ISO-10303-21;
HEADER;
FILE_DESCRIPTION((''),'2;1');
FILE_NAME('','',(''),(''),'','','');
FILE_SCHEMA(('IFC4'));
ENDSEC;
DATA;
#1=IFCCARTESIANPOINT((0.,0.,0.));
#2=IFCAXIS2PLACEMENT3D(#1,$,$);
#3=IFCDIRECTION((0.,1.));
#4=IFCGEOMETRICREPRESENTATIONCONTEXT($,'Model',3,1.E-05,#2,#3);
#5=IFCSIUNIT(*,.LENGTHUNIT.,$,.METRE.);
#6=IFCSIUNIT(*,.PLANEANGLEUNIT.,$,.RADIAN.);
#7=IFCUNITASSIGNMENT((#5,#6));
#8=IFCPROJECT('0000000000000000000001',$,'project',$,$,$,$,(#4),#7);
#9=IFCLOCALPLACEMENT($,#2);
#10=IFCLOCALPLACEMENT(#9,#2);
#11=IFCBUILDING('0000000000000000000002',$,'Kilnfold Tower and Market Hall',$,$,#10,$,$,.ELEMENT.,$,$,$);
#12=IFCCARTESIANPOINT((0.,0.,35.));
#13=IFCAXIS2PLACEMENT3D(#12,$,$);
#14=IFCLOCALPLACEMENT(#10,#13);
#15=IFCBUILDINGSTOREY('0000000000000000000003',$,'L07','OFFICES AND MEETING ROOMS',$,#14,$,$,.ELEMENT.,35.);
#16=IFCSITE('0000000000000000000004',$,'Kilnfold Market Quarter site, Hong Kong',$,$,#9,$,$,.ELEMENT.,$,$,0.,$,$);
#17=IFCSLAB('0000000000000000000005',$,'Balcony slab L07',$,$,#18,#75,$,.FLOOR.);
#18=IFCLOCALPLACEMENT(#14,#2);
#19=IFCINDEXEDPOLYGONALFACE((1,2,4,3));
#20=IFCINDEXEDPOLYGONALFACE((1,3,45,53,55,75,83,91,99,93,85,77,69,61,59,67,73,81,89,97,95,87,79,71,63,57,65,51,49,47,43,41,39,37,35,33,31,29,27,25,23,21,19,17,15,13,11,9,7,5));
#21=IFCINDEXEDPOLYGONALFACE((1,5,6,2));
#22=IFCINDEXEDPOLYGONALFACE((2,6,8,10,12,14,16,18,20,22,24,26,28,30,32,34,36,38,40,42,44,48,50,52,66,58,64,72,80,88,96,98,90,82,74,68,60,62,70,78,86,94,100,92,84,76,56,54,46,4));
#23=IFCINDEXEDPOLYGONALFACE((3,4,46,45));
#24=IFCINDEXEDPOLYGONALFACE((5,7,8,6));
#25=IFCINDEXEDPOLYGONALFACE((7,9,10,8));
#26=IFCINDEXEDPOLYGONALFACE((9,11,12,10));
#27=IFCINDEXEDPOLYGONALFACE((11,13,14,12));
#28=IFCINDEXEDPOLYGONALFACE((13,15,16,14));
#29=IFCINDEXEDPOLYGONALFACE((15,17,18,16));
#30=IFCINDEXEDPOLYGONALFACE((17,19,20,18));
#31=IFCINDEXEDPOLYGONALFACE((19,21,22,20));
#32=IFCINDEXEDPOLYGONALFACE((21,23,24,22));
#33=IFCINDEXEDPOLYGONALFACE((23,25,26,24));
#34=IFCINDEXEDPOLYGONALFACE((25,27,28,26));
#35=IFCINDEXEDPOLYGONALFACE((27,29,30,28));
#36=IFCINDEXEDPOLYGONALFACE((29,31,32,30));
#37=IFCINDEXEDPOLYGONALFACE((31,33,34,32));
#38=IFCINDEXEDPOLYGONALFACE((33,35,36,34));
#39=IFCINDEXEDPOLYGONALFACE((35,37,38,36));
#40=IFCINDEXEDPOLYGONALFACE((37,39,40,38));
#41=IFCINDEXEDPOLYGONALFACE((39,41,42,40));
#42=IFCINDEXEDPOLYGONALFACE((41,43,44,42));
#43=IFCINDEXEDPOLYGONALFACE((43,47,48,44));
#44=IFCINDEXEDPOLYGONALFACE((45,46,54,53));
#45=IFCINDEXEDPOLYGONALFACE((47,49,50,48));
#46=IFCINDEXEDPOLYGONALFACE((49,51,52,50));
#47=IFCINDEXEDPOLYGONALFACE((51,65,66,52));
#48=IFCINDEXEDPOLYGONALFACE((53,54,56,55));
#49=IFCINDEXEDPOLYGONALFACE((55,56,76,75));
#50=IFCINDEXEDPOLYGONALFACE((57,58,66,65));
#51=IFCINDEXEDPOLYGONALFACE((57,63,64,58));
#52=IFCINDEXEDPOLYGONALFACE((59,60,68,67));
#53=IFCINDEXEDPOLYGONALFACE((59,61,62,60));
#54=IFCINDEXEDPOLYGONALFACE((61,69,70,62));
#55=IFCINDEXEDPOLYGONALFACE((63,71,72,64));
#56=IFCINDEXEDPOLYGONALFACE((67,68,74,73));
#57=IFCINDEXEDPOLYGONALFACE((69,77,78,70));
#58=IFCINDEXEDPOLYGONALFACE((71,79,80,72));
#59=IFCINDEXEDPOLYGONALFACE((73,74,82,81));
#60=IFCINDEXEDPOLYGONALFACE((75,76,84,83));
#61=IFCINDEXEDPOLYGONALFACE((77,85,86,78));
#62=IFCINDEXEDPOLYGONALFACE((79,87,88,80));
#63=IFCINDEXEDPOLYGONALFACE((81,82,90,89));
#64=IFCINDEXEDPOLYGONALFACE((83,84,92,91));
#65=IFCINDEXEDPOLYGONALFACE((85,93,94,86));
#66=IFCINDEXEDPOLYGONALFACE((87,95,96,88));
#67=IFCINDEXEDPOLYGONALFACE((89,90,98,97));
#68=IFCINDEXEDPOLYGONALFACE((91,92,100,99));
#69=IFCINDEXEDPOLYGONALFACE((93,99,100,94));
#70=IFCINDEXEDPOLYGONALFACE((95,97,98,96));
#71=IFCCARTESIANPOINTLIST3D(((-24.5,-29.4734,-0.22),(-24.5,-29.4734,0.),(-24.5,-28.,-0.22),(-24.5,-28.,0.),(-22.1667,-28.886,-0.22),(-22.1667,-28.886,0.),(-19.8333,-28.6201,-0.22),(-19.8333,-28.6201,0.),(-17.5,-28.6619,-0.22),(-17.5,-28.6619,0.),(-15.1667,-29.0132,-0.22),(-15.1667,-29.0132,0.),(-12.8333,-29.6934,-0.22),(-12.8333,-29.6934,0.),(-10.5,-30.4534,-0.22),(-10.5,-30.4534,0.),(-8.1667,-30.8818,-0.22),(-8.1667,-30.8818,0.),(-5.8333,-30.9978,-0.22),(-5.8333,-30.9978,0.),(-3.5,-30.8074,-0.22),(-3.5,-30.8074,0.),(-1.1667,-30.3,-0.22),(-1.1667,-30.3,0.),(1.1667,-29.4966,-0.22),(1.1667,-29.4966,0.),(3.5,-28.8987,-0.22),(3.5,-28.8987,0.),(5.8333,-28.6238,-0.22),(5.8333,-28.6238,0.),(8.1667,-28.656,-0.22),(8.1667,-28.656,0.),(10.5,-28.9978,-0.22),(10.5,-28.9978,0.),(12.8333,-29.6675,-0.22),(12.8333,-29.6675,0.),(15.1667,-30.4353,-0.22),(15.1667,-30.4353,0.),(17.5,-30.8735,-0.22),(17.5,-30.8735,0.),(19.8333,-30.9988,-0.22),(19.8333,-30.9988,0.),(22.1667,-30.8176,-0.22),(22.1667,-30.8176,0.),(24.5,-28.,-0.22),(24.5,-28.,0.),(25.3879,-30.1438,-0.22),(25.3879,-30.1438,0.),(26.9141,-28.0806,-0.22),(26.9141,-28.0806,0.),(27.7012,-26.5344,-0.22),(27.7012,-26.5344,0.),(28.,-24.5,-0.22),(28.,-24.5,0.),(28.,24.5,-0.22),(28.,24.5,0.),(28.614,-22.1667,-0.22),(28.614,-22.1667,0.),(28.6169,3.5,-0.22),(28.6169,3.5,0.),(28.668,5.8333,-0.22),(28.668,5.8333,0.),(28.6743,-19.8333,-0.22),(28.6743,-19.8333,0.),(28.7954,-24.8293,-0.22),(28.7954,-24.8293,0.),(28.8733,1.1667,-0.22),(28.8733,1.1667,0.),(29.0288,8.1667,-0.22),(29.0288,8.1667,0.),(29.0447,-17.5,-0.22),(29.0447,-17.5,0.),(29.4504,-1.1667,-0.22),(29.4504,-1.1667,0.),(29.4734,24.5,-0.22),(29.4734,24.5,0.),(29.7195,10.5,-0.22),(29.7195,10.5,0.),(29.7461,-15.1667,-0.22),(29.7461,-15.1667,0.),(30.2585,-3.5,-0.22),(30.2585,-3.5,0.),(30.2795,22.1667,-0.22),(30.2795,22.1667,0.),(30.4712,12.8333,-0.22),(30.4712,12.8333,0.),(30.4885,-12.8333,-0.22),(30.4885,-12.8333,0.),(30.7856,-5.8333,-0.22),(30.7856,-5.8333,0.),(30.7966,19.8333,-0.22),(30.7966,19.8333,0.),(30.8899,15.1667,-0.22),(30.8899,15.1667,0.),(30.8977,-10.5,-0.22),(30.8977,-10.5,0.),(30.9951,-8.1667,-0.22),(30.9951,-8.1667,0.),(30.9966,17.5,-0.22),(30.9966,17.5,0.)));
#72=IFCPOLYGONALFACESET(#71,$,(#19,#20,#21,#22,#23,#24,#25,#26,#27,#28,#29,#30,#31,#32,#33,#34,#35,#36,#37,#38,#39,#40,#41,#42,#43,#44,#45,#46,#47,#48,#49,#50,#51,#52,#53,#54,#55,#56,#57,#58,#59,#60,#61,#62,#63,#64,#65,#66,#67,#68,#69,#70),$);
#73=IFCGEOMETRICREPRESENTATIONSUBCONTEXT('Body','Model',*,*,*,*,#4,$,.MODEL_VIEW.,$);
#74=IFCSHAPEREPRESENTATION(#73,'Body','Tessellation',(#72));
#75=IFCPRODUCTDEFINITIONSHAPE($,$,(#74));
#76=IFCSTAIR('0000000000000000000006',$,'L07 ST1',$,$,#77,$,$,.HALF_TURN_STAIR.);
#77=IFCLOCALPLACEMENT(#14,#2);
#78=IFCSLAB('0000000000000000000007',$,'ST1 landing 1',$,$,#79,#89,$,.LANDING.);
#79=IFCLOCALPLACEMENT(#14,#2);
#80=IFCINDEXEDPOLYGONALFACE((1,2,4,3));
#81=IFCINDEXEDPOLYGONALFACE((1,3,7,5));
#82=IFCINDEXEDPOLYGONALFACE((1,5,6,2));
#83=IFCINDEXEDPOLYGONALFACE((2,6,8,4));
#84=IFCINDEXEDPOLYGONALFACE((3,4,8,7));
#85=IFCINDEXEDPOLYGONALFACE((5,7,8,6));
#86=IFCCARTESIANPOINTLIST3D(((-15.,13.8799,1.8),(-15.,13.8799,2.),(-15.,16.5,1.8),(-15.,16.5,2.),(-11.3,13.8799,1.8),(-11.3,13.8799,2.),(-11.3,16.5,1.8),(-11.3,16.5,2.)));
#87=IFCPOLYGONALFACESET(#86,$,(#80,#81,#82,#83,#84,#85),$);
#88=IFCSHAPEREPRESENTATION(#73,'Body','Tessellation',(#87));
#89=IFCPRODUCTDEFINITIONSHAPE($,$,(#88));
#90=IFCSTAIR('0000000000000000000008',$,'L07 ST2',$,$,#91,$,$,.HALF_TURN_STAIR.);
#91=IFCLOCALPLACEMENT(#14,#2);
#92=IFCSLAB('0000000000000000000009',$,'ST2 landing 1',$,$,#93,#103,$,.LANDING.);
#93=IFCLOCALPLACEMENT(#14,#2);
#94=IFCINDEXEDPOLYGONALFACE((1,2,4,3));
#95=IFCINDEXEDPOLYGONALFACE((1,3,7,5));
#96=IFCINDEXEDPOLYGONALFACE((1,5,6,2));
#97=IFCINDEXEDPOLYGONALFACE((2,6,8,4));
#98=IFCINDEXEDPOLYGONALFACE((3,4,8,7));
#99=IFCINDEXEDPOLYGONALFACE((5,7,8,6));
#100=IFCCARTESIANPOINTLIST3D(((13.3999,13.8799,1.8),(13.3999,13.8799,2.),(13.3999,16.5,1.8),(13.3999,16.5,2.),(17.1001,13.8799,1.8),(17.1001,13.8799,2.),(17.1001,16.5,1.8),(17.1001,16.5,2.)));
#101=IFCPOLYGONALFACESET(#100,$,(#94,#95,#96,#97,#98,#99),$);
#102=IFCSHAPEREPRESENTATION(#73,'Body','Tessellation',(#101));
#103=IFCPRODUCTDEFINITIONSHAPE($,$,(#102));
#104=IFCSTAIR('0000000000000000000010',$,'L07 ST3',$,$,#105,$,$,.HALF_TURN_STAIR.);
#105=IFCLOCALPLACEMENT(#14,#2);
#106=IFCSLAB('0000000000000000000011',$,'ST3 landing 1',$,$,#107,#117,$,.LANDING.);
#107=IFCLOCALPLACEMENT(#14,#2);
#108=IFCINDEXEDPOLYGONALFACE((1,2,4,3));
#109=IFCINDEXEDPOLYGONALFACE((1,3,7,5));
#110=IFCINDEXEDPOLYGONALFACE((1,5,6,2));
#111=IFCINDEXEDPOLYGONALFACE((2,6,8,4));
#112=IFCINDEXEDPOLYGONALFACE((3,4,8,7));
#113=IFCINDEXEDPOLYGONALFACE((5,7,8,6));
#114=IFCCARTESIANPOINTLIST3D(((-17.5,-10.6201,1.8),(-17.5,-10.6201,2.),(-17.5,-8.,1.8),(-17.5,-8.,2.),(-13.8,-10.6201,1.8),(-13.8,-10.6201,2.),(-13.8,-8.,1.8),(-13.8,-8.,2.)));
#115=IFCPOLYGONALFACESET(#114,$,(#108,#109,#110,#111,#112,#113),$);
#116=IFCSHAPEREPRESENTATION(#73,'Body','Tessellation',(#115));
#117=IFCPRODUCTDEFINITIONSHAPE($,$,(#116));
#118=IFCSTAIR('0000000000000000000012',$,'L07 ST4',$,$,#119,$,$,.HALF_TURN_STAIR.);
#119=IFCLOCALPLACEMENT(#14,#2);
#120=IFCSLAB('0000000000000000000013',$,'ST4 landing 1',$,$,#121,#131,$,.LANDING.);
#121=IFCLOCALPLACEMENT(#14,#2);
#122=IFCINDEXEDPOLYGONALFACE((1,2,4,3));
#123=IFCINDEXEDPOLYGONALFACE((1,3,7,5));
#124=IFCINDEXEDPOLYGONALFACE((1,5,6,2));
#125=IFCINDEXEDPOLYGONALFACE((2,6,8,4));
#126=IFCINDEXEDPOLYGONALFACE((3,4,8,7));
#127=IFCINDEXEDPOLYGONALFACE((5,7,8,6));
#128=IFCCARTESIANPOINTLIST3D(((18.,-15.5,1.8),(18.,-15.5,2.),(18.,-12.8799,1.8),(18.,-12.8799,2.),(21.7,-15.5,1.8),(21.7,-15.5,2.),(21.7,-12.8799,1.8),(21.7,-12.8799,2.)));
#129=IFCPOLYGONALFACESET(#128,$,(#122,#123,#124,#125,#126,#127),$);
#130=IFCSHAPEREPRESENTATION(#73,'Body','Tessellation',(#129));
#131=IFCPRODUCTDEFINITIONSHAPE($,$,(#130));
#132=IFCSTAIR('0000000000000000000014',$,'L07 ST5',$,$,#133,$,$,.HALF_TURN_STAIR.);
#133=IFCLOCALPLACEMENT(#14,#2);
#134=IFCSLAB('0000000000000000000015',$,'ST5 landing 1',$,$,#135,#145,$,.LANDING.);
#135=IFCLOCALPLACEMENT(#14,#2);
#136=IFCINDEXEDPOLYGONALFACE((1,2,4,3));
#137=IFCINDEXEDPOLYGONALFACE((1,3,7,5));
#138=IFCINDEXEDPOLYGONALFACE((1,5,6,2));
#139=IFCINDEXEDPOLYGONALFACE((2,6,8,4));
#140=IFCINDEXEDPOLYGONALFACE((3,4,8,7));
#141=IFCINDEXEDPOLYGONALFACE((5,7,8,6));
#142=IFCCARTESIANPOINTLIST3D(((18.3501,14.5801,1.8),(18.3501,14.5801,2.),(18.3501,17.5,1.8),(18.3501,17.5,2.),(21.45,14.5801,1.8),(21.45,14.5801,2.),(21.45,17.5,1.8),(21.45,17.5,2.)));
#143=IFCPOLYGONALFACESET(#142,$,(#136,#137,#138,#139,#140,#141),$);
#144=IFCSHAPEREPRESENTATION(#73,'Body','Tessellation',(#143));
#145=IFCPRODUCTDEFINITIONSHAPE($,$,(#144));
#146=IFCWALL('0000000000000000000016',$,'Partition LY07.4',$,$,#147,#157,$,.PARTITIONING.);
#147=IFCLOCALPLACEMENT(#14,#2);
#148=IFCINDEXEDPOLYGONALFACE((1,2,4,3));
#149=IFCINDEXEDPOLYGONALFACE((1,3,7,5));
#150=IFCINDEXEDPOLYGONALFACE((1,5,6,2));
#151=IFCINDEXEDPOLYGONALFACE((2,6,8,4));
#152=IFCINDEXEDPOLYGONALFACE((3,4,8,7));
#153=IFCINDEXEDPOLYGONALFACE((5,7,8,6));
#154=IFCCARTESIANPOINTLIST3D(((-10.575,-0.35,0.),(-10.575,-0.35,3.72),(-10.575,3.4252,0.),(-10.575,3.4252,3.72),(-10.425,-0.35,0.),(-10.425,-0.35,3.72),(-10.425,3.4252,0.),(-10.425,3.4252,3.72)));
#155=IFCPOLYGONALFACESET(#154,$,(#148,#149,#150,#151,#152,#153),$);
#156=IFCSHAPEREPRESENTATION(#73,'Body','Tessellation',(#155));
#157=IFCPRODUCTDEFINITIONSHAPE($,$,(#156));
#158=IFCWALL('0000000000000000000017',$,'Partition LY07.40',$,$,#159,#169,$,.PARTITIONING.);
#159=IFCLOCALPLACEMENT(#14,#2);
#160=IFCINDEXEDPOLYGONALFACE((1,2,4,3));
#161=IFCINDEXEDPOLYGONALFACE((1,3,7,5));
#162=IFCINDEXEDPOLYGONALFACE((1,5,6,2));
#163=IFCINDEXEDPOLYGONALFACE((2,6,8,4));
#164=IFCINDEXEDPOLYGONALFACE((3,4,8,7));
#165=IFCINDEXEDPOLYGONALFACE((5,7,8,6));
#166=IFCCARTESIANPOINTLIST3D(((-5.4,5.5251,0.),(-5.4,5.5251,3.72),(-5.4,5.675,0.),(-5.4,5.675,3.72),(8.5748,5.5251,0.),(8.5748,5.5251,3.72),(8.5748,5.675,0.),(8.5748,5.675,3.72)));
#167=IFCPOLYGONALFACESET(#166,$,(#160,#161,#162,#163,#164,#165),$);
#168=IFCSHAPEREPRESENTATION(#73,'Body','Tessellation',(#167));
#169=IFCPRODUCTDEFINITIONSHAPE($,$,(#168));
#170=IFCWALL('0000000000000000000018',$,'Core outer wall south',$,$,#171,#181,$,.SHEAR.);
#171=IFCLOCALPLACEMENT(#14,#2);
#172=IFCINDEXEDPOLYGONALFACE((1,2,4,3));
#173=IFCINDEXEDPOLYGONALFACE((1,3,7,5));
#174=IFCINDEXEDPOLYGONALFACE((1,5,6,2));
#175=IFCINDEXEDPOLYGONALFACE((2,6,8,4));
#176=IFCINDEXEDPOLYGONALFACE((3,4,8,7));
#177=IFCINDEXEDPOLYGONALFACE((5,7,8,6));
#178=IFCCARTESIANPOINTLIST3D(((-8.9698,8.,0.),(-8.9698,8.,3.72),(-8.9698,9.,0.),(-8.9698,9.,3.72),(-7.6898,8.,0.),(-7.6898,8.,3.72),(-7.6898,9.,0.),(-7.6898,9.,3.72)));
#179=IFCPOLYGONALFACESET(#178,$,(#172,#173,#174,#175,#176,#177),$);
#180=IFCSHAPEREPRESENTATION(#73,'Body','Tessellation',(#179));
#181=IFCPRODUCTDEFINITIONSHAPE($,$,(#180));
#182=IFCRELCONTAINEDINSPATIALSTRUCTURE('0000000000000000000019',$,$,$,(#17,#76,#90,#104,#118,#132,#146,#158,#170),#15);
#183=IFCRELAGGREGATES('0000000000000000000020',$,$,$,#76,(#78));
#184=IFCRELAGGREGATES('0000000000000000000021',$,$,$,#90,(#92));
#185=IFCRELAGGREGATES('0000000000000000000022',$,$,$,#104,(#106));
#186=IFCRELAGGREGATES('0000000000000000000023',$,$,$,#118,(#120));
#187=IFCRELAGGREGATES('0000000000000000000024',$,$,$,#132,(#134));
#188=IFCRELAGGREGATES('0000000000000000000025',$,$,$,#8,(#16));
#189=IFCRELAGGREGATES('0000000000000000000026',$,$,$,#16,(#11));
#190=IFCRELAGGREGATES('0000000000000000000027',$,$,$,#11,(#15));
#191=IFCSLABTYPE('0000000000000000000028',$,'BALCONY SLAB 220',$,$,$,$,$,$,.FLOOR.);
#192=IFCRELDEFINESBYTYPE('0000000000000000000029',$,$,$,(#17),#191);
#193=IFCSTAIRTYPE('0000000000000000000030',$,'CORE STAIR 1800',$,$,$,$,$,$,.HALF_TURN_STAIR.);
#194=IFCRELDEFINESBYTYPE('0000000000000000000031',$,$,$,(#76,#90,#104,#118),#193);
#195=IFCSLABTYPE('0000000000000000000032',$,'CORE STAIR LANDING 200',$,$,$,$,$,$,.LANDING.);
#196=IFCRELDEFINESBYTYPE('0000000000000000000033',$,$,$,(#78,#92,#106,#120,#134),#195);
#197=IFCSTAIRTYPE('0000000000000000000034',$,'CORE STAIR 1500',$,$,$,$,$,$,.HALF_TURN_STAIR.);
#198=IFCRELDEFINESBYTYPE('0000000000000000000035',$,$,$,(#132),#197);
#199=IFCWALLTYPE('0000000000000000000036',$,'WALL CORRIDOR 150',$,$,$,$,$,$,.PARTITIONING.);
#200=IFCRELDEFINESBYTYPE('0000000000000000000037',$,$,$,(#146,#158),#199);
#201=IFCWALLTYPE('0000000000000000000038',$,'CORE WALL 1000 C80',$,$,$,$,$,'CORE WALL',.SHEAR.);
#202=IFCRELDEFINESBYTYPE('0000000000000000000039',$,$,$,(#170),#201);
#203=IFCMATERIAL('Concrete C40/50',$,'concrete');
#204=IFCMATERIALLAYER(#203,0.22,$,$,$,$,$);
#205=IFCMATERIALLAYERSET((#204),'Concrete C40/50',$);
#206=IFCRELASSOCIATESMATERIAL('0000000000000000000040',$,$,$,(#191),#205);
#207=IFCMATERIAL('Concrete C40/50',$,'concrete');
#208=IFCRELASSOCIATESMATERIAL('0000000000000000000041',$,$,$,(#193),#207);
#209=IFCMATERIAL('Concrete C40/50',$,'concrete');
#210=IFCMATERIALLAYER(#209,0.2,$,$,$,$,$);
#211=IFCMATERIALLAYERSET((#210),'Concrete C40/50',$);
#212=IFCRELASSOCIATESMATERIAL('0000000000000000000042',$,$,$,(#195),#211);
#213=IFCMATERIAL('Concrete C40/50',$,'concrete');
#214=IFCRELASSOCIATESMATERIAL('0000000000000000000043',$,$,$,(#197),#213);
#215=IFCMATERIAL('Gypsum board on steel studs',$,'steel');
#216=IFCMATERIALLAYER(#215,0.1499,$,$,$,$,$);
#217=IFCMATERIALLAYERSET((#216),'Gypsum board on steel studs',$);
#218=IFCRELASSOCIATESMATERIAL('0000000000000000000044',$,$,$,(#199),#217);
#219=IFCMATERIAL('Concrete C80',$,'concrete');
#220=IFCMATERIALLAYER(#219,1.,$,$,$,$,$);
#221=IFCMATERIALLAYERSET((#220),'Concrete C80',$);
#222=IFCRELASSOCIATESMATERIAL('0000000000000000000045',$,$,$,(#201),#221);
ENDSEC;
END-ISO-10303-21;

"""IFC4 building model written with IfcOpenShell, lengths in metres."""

from ifc_helpers import new_model, si_unit, direction, frame, frame_2d, origin, place, context, subcontext, project, spatial, polyline, rectangle, outline, extrude, source, transform, mapped, material, layer, layer_set, type_object, element, aggregate, save


model = new_model("IFC4")

# Units and contexts
model_context = context("Model", 3, precision=1e-05, world=origin(), true_north=direction((0.0, 1.0)))
body_context = subcontext(model_context, "Body", "Model", "MODEL_VIEW")
ifc_project = project(units=[si_unit("LENGTHUNIT", "METRE"), si_unit("PLANEANGLEUNIT", "RADIAN")], contexts=[model_context])

# Site, building, storey
site_placement = place(None, origin())
site = spatial("IfcSite", under=ifc_project, at=site_placement, Name="Kilnfold Market Quarter site, Hong Kong", CompositionType="ELEMENT", RefElevation=0.0)
building_placement = place(site_placement, origin())
building = spatial("IfcBuilding", under=site, at=building_placement, Name="Kilnfold Tower and Market Hall", CompositionType="ELEMENT")
storey_placement = place(building_placement, frame((0.0, 0.0, 35.0)))
storey = spatial("IfcBuildingStorey", under=building, at=storey_placement, Name="L07", Description="OFFICES AND MEETING ROOMS", CompositionType="ELEMENT", Elevation=35.0)

# Slab
ifc_material_1 = material(Name="Concrete C40/50", Category="concrete")
ifc_layer_1 = layer(ifc_material_1, 0.22)
ifc_layer_set_1 = layer_set([ifc_layer_1], Name="Concrete C40/50")
slab_type_1 = type_object("IfcSlabType", Name="BALCONY SLAB 220", PredefinedType="FLOOR", material=ifc_layer_set_1)
shared_shape_1 = source(origin(), body_context, "Body", "SweptSolid", [
    extrude(outline(polyline([(-24.5, -28.0), (24.5, -28.0), (28.0, -24.5), (28.0, 24.5), (29.4734, 24.5), (30.2795, 22.1667), (30.7966, 19.8333), (30.9966, 17.5), (30.8899, 15.1667), (30.4712, 12.8333), (29.7195, 10.5), (29.0288, 8.1667), (28.668, 5.8333), (28.6169, 3.5), (28.8733, 1.1667), (29.4504, -1.1667), (30.2585, -3.5), (30.7856, -5.8333), (30.9951, -8.1667), (30.8977, -10.5), (30.4885, -12.8333), (29.7461, -15.1667), (29.0447, -17.5), (28.6743, -19.8333), (28.614, -22.1667), (28.7954, -24.8293), (27.7012, -26.5344), (26.9141, -28.0806), (25.3879, -30.1438), (22.1667, -30.8176), (19.8333, -30.9988), (17.5, -30.8735), (15.1667, -30.4353), (12.8333, -29.6675), (10.5, -28.9978), (8.1667, -28.656), (5.8333, -28.6238), (3.5, -28.8987), (1.1667, -29.4966), (-1.1667, -30.3), (-3.5, -30.8074), (-5.8333, -30.9978), (-8.1667, -30.8818), (-10.5, -30.4534), (-12.8333, -29.6934), (-15.1667, -29.0132), (-17.5, -28.6619), (-19.8333, -28.6201), (-22.1667, -28.886), (-24.5, -29.4734), (-24.5, -28.0)])), origin(), (0.0, 0.0, 1.0), 0.22),
])
slab_1_placement = place(storey_placement, frame((0.0, 0.0, -0.22)))
element("IfcSlab", 1, at=slab_1_placement, inside=storey, type_object=slab_type_1, Name="Balcony slab L07", PredefinedType="FLOOR", context=body_context, shape_type="MappedRepresentation", body=[
    mapped(shared_shape_1, transform((0.0, 0.0, 0.0))),
])

# Stairs, slabs
ifc_material_2 = material(Name="Concrete C40/50", Category="concrete")
stair_type_1 = type_object("IfcStairType", Name="CORE STAIR 1800", PredefinedType="HALF_TURN_STAIR", material=ifc_material_2)
stair_1_placement = place(storey_placement, origin())
stair_1 = element("IfcStair", 2, at=stair_1_placement, inside=storey, type_object=stair_type_1, Name="L07 ST1", PredefinedType="HALF_TURN_STAIR")
ifc_material_3 = material(Name="Concrete C40/50", Category="concrete")
ifc_layer_2 = layer(ifc_material_3, 0.2)
ifc_layer_set_2 = layer_set([ifc_layer_2], Name="Concrete C40/50")
slab_type_2 = type_object("IfcSlabType", Name="CORE STAIR LANDING 200", PredefinedType="LANDING", material=ifc_layer_set_2)
shared_shape_2 = source(origin(), body_context, "Body", "SweptSolid", [
    extrude(outline(polyline([(-11.3, 13.8799), (-11.3, 16.5), (-15.0, 16.5), (-15.0, 13.8799), (-11.3, 13.8799)])), origin(), (0.0, 0.0, 1.0), 0.2),
])
slab_2_placement = place(storey_placement, frame((0.0, 0.0, 1.8)))
slab_2 = element("IfcSlab", 3, at=slab_2_placement, type_object=slab_type_2, Name="ST1 landing 1", PredefinedType="LANDING", context=body_context, shape_type="MappedRepresentation", body=[
    mapped(shared_shape_2, transform((0.0, 0.0, 0.0))),
])
aggregate(stair_1, [slab_2])
stair_2_placement = place(storey_placement, origin())
stair_2 = element("IfcStair", 4, at=stair_2_placement, inside=storey, type_object=stair_type_1, Name="L07 ST2", PredefinedType="HALF_TURN_STAIR")
shared_shape_3 = source(origin(), body_context, "Body", "SweptSolid", [
    extrude(outline(polyline([(17.1001, 13.8799), (17.1001, 16.5), (13.3999, 16.5), (13.3999, 13.8799), (17.1001, 13.8799)])), origin(), (0.0, 0.0, 1.0), 0.2),
])
slab_3_placement = place(storey_placement, frame((0.0, 0.0, 1.8)))
slab_3 = element("IfcSlab", 5, at=slab_3_placement, type_object=slab_type_2, Name="ST2 landing 1", PredefinedType="LANDING", context=body_context, shape_type="MappedRepresentation", body=[
    mapped(shared_shape_3, transform((0.0, 0.0, 0.0))),
])
aggregate(stair_2, [slab_3])
stair_3_placement = place(storey_placement, origin())
stair_3 = element("IfcStair", 6, at=stair_3_placement, inside=storey, type_object=stair_type_1, Name="L07 ST3", PredefinedType="HALF_TURN_STAIR")
shared_shape_4 = source(origin(), body_context, "Body", "SweptSolid", [
    extrude(outline(polyline([(-13.8, -10.6201), (-13.8, -8.0), (-17.5, -8.0), (-17.5, -10.6201), (-13.8, -10.6201)])), origin(), (0.0, 0.0, 1.0), 0.2),
])
slab_4_placement = place(storey_placement, frame((0.0, 0.0, 1.8)))
slab_4 = element("IfcSlab", 7, at=slab_4_placement, type_object=slab_type_2, Name="ST3 landing 1", PredefinedType="LANDING", context=body_context, shape_type="MappedRepresentation", body=[
    mapped(shared_shape_4, transform((0.0, 0.0, 0.0))),
])
aggregate(stair_3, [slab_4])
stair_4_placement = place(storey_placement, origin())
stair_4 = element("IfcStair", 8, at=stair_4_placement, inside=storey, type_object=stair_type_1, Name="L07 ST4", PredefinedType="HALF_TURN_STAIR")
shared_shape_5 = source(origin(), body_context, "Body", "SweptSolid", [
    extrude(outline(polyline([(18.0, -12.8799), (18.0, -15.5), (21.7, -15.5), (21.7, -12.8799), (18.0, -12.8799)])), origin(), (0.0, 0.0, 1.0), 0.2),
])
slab_5_placement = place(storey_placement, frame((0.0, 0.0, 1.8)))
slab_5 = element("IfcSlab", 9, at=slab_5_placement, type_object=slab_type_2, Name="ST4 landing 1", PredefinedType="LANDING", context=body_context, shape_type="MappedRepresentation", body=[
    mapped(shared_shape_5, transform((0.0, 0.0, 0.0))),
])
aggregate(stair_4, [slab_5])
ifc_material_4 = material(Name="Concrete C40/50", Category="concrete")
stair_type_2 = type_object("IfcStairType", Name="CORE STAIR 1500", PredefinedType="HALF_TURN_STAIR", material=ifc_material_4)
stair_5_placement = place(storey_placement, origin())
stair_5 = element("IfcStair", 10, at=stair_5_placement, inside=storey, type_object=stair_type_2, Name="L07 ST5", PredefinedType="HALF_TURN_STAIR")
shared_shape_6 = source(origin(), body_context, "Body", "SweptSolid", [
    extrude(outline(polyline([(21.45, 14.5801), (21.45, 17.5), (18.3501, 17.5), (18.3501, 14.5801), (21.45, 14.5801)])), origin(), (0.0, 0.0, 1.0), 0.2),
])
slab_6_placement = place(storey_placement, frame((0.0, 0.0, 1.8)))
slab_6 = element("IfcSlab", 11, at=slab_6_placement, type_object=slab_type_2, Name="ST5 landing 1", PredefinedType="LANDING", context=body_context, shape_type="MappedRepresentation", body=[
    mapped(shared_shape_6, transform((0.0, 0.0, 0.0))),
])
aggregate(stair_5, [slab_6])

# Walls
ifc_material_5 = material(Name="Gypsum board on steel studs", Category="steel")
ifc_layer_3 = layer(ifc_material_5, 0.1499)
ifc_layer_set_3 = layer_set([ifc_layer_3], Name="Gypsum board on steel studs")
wall_type_1 = type_object("IfcWallType", Name="WALL CORRIDOR 150", PredefinedType="PARTITIONING", material=ifc_layer_set_3)
wall_1_placement = place(storey_placement, frame((-10.5, -0.3501, 0.0), z_axis=(0.0, 0.0, 1.0), x_axis=(0.0, 1.0, 0.0)))
element("IfcWall", 12, at=wall_1_placement, inside=storey, type_object=wall_type_1, Name="Partition LY07.4", PredefinedType="PARTITIONING", context=body_context, shape_type="SweptSolid", body=[
    extrude(rectangle(XDim=3.7751, YDim=0.1499, at=frame_2d((1.8877, 0.0))), origin(), (0.0, 0.0, 1.0), 3.72),
])
wall_2_placement = place(storey_placement, frame((-5.3999, 5.6001, 0.0), z_axis=(0.0, 0.0, 1.0), x_axis=(1.0, 0.0, 0.0)))
element("IfcWall", 13, at=wall_2_placement, inside=storey, type_object=wall_type_1, Name="Partition LY07.40", PredefinedType="PARTITIONING", context=body_context, shape_type="SweptSolid", body=[
    extrude(rectangle(XDim=13.9749, YDim=0.1499, at=frame_2d((6.9873, 0.0))), origin(), (0.0, 0.0, 1.0), 3.72),
])
ifc_material_6 = material(Name="Concrete C80", Category="concrete")
ifc_layer_4 = layer(ifc_material_6, 1.0)
ifc_layer_set_4 = layer_set([ifc_layer_4], Name="Concrete C80")
wall_type_2 = type_object("IfcWallType", Name="CORE WALL 1000 C80", ElementType="CORE WALL", PredefinedType="SHEAR", material=ifc_layer_set_4)
shared_shape_7 = source(origin(), body_context, "Body", "SweptSolid", [
    extrude(rectangle(XDim=1.28, YDim=1.0, at=frame_2d((0.6401, 0.0))), origin(), (0.0, 0.0, 1.0), 3.72),
])
wall_3_placement = place(storey_placement, frame((-8.97, 8.5, 0.0), z_axis=(0.0, 0.0, 1.0), x_axis=(1.0, 0.0, 0.0)))
element("IfcWall", 14, at=wall_3_placement, inside=storey, type_object=wall_type_2, Name="Core outer wall south", PredefinedType="SHEAR", context=body_context, shape_type="MappedRepresentation", body=[
    mapped(shared_shape_7, transform((0.0, 0.0, 0.0))),
])

save(model, "model.ifc")
